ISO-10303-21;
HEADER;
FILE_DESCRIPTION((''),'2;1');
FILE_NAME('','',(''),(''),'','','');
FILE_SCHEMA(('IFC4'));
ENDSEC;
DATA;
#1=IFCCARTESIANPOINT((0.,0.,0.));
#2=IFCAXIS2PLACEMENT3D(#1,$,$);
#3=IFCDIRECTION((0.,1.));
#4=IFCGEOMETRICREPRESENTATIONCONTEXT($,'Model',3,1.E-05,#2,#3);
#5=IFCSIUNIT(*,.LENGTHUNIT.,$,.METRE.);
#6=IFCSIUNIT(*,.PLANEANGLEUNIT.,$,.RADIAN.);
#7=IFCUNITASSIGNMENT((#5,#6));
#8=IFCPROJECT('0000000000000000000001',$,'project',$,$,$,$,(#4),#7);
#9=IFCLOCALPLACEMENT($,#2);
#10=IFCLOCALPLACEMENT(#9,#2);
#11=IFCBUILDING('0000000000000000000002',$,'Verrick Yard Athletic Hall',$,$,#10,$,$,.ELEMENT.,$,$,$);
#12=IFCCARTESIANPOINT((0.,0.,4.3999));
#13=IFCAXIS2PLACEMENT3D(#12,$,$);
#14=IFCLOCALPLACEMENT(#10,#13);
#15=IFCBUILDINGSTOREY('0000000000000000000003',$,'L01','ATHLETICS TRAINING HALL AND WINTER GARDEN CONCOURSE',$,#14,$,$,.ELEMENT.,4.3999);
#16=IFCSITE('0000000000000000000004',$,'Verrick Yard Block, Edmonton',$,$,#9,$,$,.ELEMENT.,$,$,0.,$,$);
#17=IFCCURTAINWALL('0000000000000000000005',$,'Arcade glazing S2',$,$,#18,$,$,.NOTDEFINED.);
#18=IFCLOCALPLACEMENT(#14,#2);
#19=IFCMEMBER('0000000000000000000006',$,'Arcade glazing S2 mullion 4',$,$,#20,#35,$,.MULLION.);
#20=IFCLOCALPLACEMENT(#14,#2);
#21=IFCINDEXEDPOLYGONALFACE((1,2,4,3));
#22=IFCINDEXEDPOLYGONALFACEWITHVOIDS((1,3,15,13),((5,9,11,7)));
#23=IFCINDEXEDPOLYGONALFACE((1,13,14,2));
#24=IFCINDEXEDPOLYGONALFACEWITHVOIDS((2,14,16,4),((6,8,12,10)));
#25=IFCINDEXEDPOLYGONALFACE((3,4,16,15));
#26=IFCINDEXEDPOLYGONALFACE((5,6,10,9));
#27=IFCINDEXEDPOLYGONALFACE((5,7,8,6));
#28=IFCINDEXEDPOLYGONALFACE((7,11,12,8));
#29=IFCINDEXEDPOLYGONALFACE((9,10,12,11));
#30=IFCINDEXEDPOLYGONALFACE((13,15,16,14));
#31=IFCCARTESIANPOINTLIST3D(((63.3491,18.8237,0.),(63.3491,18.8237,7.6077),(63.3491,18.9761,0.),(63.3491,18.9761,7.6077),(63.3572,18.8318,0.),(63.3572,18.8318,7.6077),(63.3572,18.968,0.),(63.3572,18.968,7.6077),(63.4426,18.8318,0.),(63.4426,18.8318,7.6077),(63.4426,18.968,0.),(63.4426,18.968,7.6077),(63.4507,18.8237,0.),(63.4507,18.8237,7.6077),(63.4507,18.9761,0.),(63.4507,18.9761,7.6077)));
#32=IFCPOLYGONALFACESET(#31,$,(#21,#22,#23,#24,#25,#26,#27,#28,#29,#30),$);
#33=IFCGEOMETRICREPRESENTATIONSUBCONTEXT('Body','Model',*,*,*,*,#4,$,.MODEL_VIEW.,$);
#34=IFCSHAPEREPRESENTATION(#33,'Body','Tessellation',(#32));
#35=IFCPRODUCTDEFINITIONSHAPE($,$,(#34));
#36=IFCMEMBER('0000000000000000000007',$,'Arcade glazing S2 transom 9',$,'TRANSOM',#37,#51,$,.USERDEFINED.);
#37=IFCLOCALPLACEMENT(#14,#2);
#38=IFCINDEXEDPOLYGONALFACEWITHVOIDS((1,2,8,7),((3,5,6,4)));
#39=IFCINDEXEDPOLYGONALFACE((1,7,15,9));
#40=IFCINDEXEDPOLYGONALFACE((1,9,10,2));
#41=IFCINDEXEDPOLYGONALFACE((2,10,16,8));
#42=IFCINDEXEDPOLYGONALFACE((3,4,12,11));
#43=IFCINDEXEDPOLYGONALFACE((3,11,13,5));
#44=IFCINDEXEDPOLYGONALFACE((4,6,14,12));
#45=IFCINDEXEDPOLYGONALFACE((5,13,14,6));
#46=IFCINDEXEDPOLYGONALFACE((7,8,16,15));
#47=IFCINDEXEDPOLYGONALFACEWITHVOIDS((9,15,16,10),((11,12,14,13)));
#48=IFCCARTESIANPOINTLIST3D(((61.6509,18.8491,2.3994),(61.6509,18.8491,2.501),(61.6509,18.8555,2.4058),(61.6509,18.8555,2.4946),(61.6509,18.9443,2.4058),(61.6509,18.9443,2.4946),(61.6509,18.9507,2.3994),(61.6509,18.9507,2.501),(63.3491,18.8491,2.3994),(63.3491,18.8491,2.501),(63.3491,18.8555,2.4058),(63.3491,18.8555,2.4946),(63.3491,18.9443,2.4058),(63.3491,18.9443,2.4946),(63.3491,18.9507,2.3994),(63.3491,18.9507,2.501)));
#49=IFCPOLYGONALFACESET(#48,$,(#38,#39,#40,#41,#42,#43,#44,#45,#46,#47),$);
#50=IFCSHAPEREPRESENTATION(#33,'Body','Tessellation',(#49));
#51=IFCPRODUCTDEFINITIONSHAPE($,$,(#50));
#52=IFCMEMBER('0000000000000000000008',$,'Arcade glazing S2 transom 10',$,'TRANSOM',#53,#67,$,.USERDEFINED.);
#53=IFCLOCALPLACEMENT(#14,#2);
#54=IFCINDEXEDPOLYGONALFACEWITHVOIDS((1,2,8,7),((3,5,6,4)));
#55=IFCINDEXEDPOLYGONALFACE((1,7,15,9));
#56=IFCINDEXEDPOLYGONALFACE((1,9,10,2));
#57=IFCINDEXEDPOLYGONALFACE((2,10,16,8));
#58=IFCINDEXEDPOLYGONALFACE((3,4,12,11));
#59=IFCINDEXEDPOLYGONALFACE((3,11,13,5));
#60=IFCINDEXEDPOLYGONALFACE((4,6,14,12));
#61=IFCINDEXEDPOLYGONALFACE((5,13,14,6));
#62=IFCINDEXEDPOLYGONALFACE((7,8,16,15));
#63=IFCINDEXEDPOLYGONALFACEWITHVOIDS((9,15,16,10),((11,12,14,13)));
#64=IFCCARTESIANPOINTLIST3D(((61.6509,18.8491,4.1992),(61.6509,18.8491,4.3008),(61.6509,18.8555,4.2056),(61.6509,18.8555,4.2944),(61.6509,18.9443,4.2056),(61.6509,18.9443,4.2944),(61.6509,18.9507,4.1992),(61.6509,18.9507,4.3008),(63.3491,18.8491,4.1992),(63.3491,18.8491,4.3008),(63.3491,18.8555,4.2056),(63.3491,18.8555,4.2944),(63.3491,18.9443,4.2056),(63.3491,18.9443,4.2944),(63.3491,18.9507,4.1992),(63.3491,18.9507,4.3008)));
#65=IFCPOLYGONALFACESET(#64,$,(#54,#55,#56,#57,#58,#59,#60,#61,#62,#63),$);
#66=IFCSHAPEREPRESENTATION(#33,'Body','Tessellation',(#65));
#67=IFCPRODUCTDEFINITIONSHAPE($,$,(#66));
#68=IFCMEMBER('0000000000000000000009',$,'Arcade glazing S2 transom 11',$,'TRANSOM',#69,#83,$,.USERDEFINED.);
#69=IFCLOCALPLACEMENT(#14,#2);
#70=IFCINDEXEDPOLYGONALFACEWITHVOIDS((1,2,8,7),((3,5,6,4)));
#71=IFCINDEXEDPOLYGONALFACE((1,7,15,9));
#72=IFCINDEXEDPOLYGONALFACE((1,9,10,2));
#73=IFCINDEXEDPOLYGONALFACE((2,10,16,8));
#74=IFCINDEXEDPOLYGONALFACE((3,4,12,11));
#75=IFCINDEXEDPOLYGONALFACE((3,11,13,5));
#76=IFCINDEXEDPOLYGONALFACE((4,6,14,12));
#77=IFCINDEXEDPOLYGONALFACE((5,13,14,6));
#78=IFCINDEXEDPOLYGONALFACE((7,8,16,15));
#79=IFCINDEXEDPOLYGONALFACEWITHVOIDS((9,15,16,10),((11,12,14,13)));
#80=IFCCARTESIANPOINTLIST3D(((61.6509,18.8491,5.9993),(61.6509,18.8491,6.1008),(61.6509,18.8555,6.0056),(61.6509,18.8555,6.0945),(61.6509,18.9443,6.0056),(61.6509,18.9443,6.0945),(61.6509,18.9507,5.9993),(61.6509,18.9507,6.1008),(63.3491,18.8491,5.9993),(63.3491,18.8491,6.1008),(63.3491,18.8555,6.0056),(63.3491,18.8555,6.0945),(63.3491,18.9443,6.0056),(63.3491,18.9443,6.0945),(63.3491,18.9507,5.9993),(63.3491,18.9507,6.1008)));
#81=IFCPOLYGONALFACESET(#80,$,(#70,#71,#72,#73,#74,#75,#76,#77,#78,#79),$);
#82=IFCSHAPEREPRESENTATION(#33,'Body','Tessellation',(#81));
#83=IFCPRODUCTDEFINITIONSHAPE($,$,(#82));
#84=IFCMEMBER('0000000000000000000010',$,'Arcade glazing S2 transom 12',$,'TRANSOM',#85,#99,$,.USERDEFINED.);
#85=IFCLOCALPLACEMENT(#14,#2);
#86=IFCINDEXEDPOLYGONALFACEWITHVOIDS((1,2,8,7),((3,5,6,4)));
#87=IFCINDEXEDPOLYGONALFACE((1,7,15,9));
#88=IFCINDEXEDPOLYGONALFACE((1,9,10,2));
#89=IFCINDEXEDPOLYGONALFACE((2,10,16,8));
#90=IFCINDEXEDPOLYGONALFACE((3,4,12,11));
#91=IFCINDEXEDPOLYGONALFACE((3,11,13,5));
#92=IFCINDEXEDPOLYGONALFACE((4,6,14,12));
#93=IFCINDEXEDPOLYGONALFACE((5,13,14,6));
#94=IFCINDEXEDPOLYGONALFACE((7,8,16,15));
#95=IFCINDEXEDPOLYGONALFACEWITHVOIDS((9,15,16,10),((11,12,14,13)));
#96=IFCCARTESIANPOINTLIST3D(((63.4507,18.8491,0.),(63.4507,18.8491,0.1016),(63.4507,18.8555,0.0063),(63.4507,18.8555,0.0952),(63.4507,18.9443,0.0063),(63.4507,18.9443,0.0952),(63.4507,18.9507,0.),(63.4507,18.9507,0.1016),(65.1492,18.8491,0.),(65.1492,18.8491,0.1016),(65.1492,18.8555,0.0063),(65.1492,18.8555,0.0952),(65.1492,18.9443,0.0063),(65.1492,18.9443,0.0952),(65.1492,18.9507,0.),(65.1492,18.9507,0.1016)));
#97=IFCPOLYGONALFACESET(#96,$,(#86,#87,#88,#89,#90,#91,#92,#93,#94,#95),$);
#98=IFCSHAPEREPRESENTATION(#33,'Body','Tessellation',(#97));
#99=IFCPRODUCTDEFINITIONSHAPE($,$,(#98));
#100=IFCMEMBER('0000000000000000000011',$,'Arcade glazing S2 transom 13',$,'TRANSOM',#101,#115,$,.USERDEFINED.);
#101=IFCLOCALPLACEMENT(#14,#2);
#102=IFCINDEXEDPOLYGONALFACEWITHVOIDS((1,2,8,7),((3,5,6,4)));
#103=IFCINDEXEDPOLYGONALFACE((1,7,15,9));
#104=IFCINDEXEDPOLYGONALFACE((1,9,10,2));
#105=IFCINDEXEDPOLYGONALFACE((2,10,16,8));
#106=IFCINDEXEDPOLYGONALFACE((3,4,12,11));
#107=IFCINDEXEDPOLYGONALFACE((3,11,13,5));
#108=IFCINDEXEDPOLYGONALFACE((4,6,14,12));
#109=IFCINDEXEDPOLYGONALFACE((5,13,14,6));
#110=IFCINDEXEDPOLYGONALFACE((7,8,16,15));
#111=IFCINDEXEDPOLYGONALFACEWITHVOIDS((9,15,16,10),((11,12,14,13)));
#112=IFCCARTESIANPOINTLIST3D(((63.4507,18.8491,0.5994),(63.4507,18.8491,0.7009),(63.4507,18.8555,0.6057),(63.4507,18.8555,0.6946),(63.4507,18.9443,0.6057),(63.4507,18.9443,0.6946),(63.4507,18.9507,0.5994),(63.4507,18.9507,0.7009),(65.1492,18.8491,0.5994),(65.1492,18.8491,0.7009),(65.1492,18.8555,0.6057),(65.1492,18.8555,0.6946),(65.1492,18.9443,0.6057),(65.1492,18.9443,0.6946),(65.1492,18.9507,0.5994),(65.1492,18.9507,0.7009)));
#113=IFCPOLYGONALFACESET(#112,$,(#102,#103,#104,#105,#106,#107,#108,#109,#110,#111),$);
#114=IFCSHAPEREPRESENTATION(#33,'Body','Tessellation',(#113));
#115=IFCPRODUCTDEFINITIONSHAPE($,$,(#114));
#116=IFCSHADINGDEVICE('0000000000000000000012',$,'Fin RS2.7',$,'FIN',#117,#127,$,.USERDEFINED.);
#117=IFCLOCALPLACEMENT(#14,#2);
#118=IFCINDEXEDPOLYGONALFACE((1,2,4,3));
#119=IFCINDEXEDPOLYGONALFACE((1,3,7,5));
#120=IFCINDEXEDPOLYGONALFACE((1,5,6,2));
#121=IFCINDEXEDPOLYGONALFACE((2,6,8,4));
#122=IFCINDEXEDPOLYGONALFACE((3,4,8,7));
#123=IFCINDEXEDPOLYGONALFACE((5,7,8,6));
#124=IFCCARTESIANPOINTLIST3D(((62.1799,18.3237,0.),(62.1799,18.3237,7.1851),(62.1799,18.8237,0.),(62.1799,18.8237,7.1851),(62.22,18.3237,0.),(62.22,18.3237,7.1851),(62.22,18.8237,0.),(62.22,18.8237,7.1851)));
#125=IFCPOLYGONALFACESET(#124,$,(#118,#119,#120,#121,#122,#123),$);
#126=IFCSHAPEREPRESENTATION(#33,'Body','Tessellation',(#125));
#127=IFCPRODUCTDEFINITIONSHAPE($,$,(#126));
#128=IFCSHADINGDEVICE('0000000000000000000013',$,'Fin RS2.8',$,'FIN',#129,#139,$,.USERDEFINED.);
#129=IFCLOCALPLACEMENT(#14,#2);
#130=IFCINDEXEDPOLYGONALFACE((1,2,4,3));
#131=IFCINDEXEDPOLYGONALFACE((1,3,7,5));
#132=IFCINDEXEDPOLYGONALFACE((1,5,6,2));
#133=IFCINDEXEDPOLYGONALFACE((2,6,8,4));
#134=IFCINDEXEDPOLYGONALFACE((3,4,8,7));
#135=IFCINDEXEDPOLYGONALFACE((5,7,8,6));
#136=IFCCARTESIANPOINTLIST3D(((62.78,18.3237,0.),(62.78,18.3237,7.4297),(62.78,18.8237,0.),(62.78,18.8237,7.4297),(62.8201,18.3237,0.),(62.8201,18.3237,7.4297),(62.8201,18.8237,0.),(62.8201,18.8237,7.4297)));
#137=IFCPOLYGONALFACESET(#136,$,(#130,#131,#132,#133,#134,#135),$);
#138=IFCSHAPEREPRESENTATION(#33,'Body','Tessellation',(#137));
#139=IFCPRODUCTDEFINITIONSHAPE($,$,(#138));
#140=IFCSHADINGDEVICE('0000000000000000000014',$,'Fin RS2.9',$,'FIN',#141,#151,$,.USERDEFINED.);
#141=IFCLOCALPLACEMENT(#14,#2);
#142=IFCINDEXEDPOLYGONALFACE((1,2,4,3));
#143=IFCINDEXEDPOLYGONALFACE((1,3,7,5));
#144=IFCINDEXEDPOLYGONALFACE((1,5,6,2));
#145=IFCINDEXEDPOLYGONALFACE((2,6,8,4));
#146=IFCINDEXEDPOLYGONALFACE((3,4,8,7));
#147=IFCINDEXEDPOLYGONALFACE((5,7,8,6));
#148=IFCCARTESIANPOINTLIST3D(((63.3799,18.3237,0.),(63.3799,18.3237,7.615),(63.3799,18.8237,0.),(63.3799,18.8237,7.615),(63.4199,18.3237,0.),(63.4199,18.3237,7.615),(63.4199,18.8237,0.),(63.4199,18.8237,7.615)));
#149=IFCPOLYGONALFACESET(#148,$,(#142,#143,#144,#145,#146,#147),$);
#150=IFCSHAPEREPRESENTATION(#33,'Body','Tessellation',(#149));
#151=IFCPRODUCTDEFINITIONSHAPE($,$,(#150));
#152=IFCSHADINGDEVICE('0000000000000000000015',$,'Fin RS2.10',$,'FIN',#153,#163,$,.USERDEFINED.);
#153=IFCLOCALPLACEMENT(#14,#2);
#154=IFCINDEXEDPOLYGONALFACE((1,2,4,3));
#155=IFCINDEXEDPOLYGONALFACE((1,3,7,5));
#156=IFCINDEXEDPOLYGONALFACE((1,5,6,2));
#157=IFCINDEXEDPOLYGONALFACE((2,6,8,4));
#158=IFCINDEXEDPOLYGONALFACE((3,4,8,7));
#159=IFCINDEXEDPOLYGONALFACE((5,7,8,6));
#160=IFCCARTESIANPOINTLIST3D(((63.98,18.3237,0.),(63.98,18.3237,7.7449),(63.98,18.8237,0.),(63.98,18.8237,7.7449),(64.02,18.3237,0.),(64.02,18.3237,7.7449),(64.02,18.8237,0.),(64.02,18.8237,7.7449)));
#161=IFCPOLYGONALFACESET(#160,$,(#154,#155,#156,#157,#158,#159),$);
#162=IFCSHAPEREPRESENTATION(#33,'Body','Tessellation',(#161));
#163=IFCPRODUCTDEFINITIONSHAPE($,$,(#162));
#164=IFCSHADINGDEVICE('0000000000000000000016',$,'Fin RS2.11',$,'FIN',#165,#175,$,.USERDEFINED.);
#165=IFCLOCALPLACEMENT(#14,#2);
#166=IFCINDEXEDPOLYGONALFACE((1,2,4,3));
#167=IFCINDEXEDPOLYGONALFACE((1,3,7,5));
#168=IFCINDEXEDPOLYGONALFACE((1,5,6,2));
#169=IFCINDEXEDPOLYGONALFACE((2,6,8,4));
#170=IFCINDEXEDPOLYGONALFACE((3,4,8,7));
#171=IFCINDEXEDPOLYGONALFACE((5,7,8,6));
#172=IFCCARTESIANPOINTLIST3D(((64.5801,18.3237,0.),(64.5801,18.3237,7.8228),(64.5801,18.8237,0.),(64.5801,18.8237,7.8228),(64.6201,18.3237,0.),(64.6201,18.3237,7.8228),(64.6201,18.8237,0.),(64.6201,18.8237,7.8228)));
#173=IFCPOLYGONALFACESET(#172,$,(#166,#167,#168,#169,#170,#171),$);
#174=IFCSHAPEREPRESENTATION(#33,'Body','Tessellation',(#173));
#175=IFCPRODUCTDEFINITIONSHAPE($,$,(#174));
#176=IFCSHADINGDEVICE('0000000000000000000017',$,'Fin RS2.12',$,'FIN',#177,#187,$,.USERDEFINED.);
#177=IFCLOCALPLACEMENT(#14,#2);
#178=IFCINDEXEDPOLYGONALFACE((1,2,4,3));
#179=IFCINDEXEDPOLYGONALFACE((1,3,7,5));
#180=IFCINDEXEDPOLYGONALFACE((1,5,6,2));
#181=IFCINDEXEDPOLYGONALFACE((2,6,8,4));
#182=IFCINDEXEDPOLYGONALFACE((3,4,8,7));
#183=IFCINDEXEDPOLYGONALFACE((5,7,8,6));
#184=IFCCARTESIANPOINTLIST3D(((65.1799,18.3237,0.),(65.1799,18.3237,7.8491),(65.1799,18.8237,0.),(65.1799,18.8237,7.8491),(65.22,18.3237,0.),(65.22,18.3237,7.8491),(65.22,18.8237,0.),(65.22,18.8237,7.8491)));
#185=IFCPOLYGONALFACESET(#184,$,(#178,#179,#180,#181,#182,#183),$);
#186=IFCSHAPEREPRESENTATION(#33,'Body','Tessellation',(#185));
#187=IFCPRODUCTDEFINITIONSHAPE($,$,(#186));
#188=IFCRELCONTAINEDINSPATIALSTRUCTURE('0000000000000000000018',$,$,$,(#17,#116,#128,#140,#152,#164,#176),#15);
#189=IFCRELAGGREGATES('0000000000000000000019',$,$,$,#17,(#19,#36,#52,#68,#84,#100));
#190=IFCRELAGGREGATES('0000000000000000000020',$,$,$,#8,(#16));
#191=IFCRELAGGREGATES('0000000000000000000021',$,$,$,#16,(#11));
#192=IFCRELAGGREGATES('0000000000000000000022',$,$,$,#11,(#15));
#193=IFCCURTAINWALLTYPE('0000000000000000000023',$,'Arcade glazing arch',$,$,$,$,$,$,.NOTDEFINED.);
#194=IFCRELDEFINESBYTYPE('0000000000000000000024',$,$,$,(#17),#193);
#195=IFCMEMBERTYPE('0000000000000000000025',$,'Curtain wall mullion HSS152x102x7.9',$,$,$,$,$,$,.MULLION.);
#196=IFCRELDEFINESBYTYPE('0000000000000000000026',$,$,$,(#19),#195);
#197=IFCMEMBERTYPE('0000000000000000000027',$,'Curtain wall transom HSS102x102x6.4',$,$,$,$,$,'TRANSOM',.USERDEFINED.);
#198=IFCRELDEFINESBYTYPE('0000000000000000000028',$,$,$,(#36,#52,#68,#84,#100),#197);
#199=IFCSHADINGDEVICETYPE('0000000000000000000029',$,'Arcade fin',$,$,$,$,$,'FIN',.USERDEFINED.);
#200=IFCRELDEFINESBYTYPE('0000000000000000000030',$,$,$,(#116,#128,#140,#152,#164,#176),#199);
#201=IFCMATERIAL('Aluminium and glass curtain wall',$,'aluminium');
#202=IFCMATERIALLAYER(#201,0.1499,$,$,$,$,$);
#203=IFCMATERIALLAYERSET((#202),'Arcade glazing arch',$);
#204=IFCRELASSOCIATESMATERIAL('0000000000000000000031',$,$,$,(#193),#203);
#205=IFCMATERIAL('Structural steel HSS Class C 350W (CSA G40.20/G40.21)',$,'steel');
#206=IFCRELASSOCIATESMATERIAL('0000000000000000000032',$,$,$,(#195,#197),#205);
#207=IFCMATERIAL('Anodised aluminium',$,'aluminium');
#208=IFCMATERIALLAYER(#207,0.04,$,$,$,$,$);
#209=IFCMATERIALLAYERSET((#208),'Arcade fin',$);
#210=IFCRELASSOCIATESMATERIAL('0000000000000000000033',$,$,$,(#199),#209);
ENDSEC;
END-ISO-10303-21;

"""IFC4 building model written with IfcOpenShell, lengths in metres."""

from ifc_helpers import new_model, si_unit, direction, frame, origin, origin_2d, place, context, subcontext, project, spatial, polyline, hollow_rectangle, outline, extrude, material, layer, layer_set, material_profile, profile_set, type_object, element, aggregate, save


model = new_model("IFC4")

# Units and contexts
model_context = context("Model", 3, precision=1e-05, world=origin(), true_north=direction((0.0, 1.0)))
body_context = subcontext(model_context, "Body", "Model", "MODEL_VIEW")
ifc_project = project(units=[si_unit("LENGTHUNIT", "METRE"), si_unit("PLANEANGLEUNIT", "RADIAN")], contexts=[model_context])

# Site, building, storey
site_placement = place(None, origin())
site = spatial("IfcSite", under=ifc_project, at=site_placement, Name="Verrick Yard Block, Edmonton", CompositionType="ELEMENT", RefElevation=0.0)
building_placement = place(site_placement, origin())
building = spatial("IfcBuilding", under=site, at=building_placement, Name="Verrick Yard Athletic Hall", CompositionType="ELEMENT")
storey_placement = place(building_placement, frame((0.0, 0.0, 4.3999)))
storey = spatial("IfcBuildingStorey", under=building, at=storey_placement, Name="L01", Description="ATHLETICS TRAINING HALL AND WINTER GARDEN CONCOURSE", CompositionType="ELEMENT", Elevation=4.3999)

# Curtain wall, members
ifc_material_1 = material(Name="Aluminium and glass curtain wall", Category="aluminium")
ifc_layer_1 = layer(ifc_material_1, 0.1499)
ifc_layer_set_1 = layer_set([ifc_layer_1], Name="Arcade glazing arch")
curtain_wall_type = type_object("IfcCurtainWallType", Name="Arcade glazing arch", PredefinedType="NOTDEFINED", material=ifc_layer_set_1)
curtain_wall_placement = place(storey_placement, origin())
curtain_wall = element("IfcCurtainWall", 1, at=curtain_wall_placement, inside=storey, type_object=curtain_wall_type, Name="Arcade glazing S2", PredefinedType="NOTDEFINED")
ifc_material_2 = material(Name="Structural steel HSS Class C 350W (CSA G40.20/G40.21)", Category="steel")
ifc_material_profile_1 = material_profile(ifc_material_2, hollow_rectangle(XDim=0.1016, YDim=0.1523, WallThickness=0.0081, at=origin_2d()), Name="HSS152x102x7.9")
ifc_profile_set_1 = profile_set([ifc_material_profile_1], Name="Structural steel HSS Class C 350W (CSA G40.20/G40.21)")
member_type_1 = type_object("IfcMemberType", Name="Curtain wall mullion HSS152x102x7.9", PredefinedType="MULLION", material=ifc_profile_set_1)
member_1_placement = place(storey_placement, frame((63.3999, 18.8999, 0.0), z_axis=(0.0, 0.0, 1.0), x_axis=(1.0, 0.0, 0.0)))
member_1 = element("IfcMember", 2, at=member_1_placement, type_object=member_type_1, Name="Arcade glazing S2 mullion 4", PredefinedType="MULLION", context=body_context, shape_type="SweptSolid", body=[
    extrude(hollow_rectangle(XDim=0.1016, YDim=0.1523, WallThickness=0.0081, at=origin_2d()), origin(), (0.0, 0.0, 1.0), 7.6077),
])
ifc_material_profile_2 = material_profile(ifc_material_2, hollow_rectangle(XDim=0.1016, YDim=0.1016, WallThickness=0.0063, at=origin_2d()), Name="HSS102x102x6.4")
ifc_profile_set_2 = profile_set([ifc_material_profile_2], Name="Structural steel HSS Class C 350W (CSA G40.20/G40.21)")
member_type_2 = type_object("IfcMemberType", Name="Curtain wall transom HSS102x102x6.4", ElementType="TRANSOM", PredefinedType="USERDEFINED", material=ifc_profile_set_2)
member_2_placement = place(storey_placement, frame((61.6509, 18.8999, 2.4502), z_axis=(1.0, 0.0, 0.0), x_axis=(0.0, 1.0, 0.0)))
member_2 = element("IfcMember", 3, at=member_2_placement, type_object=member_type_2, Name="Arcade glazing S2 transom 9", ObjectType="TRANSOM", PredefinedType="USERDEFINED", context=body_context, shape_type="SweptSolid", body=[
    extrude(hollow_rectangle(XDim=0.1016, YDim=0.1016, WallThickness=0.0063, at=origin_2d()), origin(), (0.0, 0.0, 1.0), 1.6982),
])
member_3_placement = place(storey_placement, frame((61.6509, 18.8999, 4.25), z_axis=(1.0, 0.0, 0.0), x_axis=(0.0, 1.0, 0.0)))
member_3 = element("IfcMember", 4, at=member_3_placement, type_object=member_type_2, Name="Arcade glazing S2 transom 10", ObjectType="TRANSOM", PredefinedType="USERDEFINED", context=body_context, shape_type="SweptSolid", body=[
    extrude(hollow_rectangle(XDim=0.1016, YDim=0.1016, WallThickness=0.0063, at=origin_2d()), origin(), (0.0, 0.0, 1.0), 1.6982),
])
member_4_placement = place(storey_placement, frame((61.6509, 18.8999, 6.05), z_axis=(1.0, 0.0, 0.0), x_axis=(0.0, 1.0, 0.0)))
member_4 = element("IfcMember", 5, at=member_4_placement, type_object=member_type_2, Name="Arcade glazing S2 transom 11", ObjectType="TRANSOM", PredefinedType="USERDEFINED", context=body_context, shape_type="SweptSolid", body=[
    extrude(hollow_rectangle(XDim=0.1016, YDim=0.1016, WallThickness=0.0063, at=origin_2d()), origin(), (0.0, 0.0, 1.0), 1.6982),
])
member_5_placement = place(storey_placement, frame((63.4507, 18.8999, 0.0508), z_axis=(1.0, 0.0, 0.0), x_axis=(0.0, 1.0, 0.0)))
member_5 = element("IfcMember", 6, at=member_5_placement, type_object=member_type_2, Name="Arcade glazing S2 transom 12", ObjectType="TRANSOM", PredefinedType="USERDEFINED", context=body_context, shape_type="SweptSolid", body=[
    extrude(hollow_rectangle(XDim=0.1016, YDim=0.1016, WallThickness=0.0063, at=origin_2d()), origin(), (0.0, 0.0, 1.0), 1.6985),
])
member_6_placement = place(storey_placement, frame((63.4507, 18.8999, 0.6501), z_axis=(1.0, 0.0, 0.0), x_axis=(0.0, 1.0, 0.0)))
member_6 = element("IfcMember", 7, at=member_6_placement, type_object=member_type_2, Name="Arcade glazing S2 transom 13", ObjectType="TRANSOM", PredefinedType="USERDEFINED", context=body_context, shape_type="SweptSolid", body=[
    extrude(hollow_rectangle(XDim=0.1016, YDim=0.1016, WallThickness=0.0063, at=origin_2d()), origin(), (0.0, 0.0, 1.0), 1.6985),
])
aggregate(curtain_wall, [member_1, member_2, member_3, member_4, member_5, member_6])

# Shading devices
ifc_material_3 = material(Name="Anodised aluminium", Category="aluminium")
ifc_layer_2 = layer(ifc_material_3, 0.04)
ifc_layer_set_2 = layer_set([ifc_layer_2], Name="Arcade fin")
shading_device_type = type_object("IfcShadingDeviceType", Name="Arcade fin", ElementType="FIN", PredefinedType="USERDEFINED", material=ifc_layer_set_2)
shading_device_1_placement = place(storey_placement, frame((62.2, 18.8237, 0.0), z_axis=(0.0, 0.0, 1.0), x_axis=(0.0, -1.0, 0.0)))
element("IfcShadingDevice", 8, at=shading_device_1_placement, inside=storey, type_object=shading_device_type, Name="Fin RS2.7", ObjectType="FIN", PredefinedType="USERDEFINED", context=body_context, shape_type="SweptSolid", body=[
    extrude(outline(polyline([(0.0, 0.0), (0.5, 0.0), (0.5, 7.1851), (0.0, 7.1851), (0.0, 0.0)])), frame((0.0, 0.02, 0.0), z_axis=(0.0, -1.0, 0.0), x_axis=(1.0, 0.0, 0.0)), (0.0, 0.0, 1.0), 0.04),
])
shading_device_2_placement = place(storey_placement, frame((62.8, 18.8237, 0.0), z_axis=(0.0, 0.0, 1.0), x_axis=(0.0, -1.0, 0.0)))
element("IfcShadingDevice", 9, at=shading_device_2_placement, inside=storey, type_object=shading_device_type, Name="Fin RS2.8", ObjectType="FIN", PredefinedType="USERDEFINED", context=body_context, shape_type="SweptSolid", body=[
    extrude(outline(polyline([(0.0, 0.0), (0.5, 0.0), (0.5, 7.4297), (0.0, 7.4297), (0.0, 0.0)])), frame((0.0, 0.02, 0.0), z_axis=(0.0, -1.0, 0.0), x_axis=(1.0, 0.0, 0.0)), (0.0, 0.0, 1.0), 0.04),
])
shading_device_3_placement = place(storey_placement, frame((63.3999, 18.8237, 0.0), z_axis=(0.0, 0.0, 1.0), x_axis=(0.0, -1.0, 0.0)))
element("IfcShadingDevice", 10, at=shading_device_3_placement, inside=storey, type_object=shading_device_type, Name="Fin RS2.9", ObjectType="FIN", PredefinedType="USERDEFINED", context=body_context, shape_type="SweptSolid", body=[
    extrude(outline(polyline([(0.0, 0.0), (0.5, 0.0), (0.5, 7.615), (0.0, 7.615), (0.0, 0.0)])), frame((0.0, 0.02, 0.0), z_axis=(0.0, -1.0, 0.0), x_axis=(1.0, 0.0, 0.0)), (0.0, 0.0, 1.0), 0.04),
])
shading_device_4_placement = place(storey_placement, frame((64.0, 18.8237, 0.0), z_axis=(0.0, 0.0, 1.0), x_axis=(0.0, -1.0, 0.0)))
element("IfcShadingDevice", 11, at=shading_device_4_placement, inside=storey, type_object=shading_device_type, Name="Fin RS2.10", ObjectType="FIN", PredefinedType="USERDEFINED", context=body_context, shape_type="SweptSolid", body=[
    extrude(outline(polyline([(0.0, 0.0), (0.5, 0.0), (0.5, 7.7449), (0.0, 7.7449), (0.0, 0.0)])), frame((0.0, 0.02, 0.0), z_axis=(0.0, -1.0, 0.0), x_axis=(1.0, 0.0, 0.0)), (0.0, 0.0, 1.0), 0.04),
])
shading_device_5_placement = place(storey_placement, frame((64.6001, 18.8237, 0.0), z_axis=(0.0, 0.0, 1.0), x_axis=(0.0, -1.0, 0.0)))
element("IfcShadingDevice", 12, at=shading_device_5_placement, inside=storey, type_object=shading_device_type, Name="Fin RS2.11", ObjectType="FIN", PredefinedType="USERDEFINED", context=body_context, shape_type="SweptSolid", body=[
    extrude(outline(polyline([(0.0, 0.0), (0.5, 0.0), (0.5, 7.8228), (0.0, 7.8228), (0.0, 0.0)])), frame((0.0, 0.02, 0.0), z_axis=(0.0, -1.0, 0.0), x_axis=(1.0, 0.0, 0.0)), (0.0, 0.0, 1.0), 0.04),
])
shading_device_6_placement = place(storey_placement, frame((65.2, 18.8237, 0.0), z_axis=(0.0, 0.0, 1.0), x_axis=(0.0, -1.0, 0.0)))
element("IfcShadingDevice", 13, at=shading_device_6_placement, inside=storey, type_object=shading_device_type, Name="Fin RS2.12", ObjectType="FIN", PredefinedType="USERDEFINED", context=body_context, shape_type="SweptSolid", body=[
    extrude(outline(polyline([(0.0, 0.0), (0.5, 0.0), (0.5, 7.8491), (0.0, 7.8491), (0.0, 0.0)])), frame((0.0, 0.02, 0.0), z_axis=(0.0, -1.0, 0.0), x_axis=(1.0, 0.0, 0.0)), (0.0, 0.0, 1.0), 0.04),
])

save(model, "model.ifc")
